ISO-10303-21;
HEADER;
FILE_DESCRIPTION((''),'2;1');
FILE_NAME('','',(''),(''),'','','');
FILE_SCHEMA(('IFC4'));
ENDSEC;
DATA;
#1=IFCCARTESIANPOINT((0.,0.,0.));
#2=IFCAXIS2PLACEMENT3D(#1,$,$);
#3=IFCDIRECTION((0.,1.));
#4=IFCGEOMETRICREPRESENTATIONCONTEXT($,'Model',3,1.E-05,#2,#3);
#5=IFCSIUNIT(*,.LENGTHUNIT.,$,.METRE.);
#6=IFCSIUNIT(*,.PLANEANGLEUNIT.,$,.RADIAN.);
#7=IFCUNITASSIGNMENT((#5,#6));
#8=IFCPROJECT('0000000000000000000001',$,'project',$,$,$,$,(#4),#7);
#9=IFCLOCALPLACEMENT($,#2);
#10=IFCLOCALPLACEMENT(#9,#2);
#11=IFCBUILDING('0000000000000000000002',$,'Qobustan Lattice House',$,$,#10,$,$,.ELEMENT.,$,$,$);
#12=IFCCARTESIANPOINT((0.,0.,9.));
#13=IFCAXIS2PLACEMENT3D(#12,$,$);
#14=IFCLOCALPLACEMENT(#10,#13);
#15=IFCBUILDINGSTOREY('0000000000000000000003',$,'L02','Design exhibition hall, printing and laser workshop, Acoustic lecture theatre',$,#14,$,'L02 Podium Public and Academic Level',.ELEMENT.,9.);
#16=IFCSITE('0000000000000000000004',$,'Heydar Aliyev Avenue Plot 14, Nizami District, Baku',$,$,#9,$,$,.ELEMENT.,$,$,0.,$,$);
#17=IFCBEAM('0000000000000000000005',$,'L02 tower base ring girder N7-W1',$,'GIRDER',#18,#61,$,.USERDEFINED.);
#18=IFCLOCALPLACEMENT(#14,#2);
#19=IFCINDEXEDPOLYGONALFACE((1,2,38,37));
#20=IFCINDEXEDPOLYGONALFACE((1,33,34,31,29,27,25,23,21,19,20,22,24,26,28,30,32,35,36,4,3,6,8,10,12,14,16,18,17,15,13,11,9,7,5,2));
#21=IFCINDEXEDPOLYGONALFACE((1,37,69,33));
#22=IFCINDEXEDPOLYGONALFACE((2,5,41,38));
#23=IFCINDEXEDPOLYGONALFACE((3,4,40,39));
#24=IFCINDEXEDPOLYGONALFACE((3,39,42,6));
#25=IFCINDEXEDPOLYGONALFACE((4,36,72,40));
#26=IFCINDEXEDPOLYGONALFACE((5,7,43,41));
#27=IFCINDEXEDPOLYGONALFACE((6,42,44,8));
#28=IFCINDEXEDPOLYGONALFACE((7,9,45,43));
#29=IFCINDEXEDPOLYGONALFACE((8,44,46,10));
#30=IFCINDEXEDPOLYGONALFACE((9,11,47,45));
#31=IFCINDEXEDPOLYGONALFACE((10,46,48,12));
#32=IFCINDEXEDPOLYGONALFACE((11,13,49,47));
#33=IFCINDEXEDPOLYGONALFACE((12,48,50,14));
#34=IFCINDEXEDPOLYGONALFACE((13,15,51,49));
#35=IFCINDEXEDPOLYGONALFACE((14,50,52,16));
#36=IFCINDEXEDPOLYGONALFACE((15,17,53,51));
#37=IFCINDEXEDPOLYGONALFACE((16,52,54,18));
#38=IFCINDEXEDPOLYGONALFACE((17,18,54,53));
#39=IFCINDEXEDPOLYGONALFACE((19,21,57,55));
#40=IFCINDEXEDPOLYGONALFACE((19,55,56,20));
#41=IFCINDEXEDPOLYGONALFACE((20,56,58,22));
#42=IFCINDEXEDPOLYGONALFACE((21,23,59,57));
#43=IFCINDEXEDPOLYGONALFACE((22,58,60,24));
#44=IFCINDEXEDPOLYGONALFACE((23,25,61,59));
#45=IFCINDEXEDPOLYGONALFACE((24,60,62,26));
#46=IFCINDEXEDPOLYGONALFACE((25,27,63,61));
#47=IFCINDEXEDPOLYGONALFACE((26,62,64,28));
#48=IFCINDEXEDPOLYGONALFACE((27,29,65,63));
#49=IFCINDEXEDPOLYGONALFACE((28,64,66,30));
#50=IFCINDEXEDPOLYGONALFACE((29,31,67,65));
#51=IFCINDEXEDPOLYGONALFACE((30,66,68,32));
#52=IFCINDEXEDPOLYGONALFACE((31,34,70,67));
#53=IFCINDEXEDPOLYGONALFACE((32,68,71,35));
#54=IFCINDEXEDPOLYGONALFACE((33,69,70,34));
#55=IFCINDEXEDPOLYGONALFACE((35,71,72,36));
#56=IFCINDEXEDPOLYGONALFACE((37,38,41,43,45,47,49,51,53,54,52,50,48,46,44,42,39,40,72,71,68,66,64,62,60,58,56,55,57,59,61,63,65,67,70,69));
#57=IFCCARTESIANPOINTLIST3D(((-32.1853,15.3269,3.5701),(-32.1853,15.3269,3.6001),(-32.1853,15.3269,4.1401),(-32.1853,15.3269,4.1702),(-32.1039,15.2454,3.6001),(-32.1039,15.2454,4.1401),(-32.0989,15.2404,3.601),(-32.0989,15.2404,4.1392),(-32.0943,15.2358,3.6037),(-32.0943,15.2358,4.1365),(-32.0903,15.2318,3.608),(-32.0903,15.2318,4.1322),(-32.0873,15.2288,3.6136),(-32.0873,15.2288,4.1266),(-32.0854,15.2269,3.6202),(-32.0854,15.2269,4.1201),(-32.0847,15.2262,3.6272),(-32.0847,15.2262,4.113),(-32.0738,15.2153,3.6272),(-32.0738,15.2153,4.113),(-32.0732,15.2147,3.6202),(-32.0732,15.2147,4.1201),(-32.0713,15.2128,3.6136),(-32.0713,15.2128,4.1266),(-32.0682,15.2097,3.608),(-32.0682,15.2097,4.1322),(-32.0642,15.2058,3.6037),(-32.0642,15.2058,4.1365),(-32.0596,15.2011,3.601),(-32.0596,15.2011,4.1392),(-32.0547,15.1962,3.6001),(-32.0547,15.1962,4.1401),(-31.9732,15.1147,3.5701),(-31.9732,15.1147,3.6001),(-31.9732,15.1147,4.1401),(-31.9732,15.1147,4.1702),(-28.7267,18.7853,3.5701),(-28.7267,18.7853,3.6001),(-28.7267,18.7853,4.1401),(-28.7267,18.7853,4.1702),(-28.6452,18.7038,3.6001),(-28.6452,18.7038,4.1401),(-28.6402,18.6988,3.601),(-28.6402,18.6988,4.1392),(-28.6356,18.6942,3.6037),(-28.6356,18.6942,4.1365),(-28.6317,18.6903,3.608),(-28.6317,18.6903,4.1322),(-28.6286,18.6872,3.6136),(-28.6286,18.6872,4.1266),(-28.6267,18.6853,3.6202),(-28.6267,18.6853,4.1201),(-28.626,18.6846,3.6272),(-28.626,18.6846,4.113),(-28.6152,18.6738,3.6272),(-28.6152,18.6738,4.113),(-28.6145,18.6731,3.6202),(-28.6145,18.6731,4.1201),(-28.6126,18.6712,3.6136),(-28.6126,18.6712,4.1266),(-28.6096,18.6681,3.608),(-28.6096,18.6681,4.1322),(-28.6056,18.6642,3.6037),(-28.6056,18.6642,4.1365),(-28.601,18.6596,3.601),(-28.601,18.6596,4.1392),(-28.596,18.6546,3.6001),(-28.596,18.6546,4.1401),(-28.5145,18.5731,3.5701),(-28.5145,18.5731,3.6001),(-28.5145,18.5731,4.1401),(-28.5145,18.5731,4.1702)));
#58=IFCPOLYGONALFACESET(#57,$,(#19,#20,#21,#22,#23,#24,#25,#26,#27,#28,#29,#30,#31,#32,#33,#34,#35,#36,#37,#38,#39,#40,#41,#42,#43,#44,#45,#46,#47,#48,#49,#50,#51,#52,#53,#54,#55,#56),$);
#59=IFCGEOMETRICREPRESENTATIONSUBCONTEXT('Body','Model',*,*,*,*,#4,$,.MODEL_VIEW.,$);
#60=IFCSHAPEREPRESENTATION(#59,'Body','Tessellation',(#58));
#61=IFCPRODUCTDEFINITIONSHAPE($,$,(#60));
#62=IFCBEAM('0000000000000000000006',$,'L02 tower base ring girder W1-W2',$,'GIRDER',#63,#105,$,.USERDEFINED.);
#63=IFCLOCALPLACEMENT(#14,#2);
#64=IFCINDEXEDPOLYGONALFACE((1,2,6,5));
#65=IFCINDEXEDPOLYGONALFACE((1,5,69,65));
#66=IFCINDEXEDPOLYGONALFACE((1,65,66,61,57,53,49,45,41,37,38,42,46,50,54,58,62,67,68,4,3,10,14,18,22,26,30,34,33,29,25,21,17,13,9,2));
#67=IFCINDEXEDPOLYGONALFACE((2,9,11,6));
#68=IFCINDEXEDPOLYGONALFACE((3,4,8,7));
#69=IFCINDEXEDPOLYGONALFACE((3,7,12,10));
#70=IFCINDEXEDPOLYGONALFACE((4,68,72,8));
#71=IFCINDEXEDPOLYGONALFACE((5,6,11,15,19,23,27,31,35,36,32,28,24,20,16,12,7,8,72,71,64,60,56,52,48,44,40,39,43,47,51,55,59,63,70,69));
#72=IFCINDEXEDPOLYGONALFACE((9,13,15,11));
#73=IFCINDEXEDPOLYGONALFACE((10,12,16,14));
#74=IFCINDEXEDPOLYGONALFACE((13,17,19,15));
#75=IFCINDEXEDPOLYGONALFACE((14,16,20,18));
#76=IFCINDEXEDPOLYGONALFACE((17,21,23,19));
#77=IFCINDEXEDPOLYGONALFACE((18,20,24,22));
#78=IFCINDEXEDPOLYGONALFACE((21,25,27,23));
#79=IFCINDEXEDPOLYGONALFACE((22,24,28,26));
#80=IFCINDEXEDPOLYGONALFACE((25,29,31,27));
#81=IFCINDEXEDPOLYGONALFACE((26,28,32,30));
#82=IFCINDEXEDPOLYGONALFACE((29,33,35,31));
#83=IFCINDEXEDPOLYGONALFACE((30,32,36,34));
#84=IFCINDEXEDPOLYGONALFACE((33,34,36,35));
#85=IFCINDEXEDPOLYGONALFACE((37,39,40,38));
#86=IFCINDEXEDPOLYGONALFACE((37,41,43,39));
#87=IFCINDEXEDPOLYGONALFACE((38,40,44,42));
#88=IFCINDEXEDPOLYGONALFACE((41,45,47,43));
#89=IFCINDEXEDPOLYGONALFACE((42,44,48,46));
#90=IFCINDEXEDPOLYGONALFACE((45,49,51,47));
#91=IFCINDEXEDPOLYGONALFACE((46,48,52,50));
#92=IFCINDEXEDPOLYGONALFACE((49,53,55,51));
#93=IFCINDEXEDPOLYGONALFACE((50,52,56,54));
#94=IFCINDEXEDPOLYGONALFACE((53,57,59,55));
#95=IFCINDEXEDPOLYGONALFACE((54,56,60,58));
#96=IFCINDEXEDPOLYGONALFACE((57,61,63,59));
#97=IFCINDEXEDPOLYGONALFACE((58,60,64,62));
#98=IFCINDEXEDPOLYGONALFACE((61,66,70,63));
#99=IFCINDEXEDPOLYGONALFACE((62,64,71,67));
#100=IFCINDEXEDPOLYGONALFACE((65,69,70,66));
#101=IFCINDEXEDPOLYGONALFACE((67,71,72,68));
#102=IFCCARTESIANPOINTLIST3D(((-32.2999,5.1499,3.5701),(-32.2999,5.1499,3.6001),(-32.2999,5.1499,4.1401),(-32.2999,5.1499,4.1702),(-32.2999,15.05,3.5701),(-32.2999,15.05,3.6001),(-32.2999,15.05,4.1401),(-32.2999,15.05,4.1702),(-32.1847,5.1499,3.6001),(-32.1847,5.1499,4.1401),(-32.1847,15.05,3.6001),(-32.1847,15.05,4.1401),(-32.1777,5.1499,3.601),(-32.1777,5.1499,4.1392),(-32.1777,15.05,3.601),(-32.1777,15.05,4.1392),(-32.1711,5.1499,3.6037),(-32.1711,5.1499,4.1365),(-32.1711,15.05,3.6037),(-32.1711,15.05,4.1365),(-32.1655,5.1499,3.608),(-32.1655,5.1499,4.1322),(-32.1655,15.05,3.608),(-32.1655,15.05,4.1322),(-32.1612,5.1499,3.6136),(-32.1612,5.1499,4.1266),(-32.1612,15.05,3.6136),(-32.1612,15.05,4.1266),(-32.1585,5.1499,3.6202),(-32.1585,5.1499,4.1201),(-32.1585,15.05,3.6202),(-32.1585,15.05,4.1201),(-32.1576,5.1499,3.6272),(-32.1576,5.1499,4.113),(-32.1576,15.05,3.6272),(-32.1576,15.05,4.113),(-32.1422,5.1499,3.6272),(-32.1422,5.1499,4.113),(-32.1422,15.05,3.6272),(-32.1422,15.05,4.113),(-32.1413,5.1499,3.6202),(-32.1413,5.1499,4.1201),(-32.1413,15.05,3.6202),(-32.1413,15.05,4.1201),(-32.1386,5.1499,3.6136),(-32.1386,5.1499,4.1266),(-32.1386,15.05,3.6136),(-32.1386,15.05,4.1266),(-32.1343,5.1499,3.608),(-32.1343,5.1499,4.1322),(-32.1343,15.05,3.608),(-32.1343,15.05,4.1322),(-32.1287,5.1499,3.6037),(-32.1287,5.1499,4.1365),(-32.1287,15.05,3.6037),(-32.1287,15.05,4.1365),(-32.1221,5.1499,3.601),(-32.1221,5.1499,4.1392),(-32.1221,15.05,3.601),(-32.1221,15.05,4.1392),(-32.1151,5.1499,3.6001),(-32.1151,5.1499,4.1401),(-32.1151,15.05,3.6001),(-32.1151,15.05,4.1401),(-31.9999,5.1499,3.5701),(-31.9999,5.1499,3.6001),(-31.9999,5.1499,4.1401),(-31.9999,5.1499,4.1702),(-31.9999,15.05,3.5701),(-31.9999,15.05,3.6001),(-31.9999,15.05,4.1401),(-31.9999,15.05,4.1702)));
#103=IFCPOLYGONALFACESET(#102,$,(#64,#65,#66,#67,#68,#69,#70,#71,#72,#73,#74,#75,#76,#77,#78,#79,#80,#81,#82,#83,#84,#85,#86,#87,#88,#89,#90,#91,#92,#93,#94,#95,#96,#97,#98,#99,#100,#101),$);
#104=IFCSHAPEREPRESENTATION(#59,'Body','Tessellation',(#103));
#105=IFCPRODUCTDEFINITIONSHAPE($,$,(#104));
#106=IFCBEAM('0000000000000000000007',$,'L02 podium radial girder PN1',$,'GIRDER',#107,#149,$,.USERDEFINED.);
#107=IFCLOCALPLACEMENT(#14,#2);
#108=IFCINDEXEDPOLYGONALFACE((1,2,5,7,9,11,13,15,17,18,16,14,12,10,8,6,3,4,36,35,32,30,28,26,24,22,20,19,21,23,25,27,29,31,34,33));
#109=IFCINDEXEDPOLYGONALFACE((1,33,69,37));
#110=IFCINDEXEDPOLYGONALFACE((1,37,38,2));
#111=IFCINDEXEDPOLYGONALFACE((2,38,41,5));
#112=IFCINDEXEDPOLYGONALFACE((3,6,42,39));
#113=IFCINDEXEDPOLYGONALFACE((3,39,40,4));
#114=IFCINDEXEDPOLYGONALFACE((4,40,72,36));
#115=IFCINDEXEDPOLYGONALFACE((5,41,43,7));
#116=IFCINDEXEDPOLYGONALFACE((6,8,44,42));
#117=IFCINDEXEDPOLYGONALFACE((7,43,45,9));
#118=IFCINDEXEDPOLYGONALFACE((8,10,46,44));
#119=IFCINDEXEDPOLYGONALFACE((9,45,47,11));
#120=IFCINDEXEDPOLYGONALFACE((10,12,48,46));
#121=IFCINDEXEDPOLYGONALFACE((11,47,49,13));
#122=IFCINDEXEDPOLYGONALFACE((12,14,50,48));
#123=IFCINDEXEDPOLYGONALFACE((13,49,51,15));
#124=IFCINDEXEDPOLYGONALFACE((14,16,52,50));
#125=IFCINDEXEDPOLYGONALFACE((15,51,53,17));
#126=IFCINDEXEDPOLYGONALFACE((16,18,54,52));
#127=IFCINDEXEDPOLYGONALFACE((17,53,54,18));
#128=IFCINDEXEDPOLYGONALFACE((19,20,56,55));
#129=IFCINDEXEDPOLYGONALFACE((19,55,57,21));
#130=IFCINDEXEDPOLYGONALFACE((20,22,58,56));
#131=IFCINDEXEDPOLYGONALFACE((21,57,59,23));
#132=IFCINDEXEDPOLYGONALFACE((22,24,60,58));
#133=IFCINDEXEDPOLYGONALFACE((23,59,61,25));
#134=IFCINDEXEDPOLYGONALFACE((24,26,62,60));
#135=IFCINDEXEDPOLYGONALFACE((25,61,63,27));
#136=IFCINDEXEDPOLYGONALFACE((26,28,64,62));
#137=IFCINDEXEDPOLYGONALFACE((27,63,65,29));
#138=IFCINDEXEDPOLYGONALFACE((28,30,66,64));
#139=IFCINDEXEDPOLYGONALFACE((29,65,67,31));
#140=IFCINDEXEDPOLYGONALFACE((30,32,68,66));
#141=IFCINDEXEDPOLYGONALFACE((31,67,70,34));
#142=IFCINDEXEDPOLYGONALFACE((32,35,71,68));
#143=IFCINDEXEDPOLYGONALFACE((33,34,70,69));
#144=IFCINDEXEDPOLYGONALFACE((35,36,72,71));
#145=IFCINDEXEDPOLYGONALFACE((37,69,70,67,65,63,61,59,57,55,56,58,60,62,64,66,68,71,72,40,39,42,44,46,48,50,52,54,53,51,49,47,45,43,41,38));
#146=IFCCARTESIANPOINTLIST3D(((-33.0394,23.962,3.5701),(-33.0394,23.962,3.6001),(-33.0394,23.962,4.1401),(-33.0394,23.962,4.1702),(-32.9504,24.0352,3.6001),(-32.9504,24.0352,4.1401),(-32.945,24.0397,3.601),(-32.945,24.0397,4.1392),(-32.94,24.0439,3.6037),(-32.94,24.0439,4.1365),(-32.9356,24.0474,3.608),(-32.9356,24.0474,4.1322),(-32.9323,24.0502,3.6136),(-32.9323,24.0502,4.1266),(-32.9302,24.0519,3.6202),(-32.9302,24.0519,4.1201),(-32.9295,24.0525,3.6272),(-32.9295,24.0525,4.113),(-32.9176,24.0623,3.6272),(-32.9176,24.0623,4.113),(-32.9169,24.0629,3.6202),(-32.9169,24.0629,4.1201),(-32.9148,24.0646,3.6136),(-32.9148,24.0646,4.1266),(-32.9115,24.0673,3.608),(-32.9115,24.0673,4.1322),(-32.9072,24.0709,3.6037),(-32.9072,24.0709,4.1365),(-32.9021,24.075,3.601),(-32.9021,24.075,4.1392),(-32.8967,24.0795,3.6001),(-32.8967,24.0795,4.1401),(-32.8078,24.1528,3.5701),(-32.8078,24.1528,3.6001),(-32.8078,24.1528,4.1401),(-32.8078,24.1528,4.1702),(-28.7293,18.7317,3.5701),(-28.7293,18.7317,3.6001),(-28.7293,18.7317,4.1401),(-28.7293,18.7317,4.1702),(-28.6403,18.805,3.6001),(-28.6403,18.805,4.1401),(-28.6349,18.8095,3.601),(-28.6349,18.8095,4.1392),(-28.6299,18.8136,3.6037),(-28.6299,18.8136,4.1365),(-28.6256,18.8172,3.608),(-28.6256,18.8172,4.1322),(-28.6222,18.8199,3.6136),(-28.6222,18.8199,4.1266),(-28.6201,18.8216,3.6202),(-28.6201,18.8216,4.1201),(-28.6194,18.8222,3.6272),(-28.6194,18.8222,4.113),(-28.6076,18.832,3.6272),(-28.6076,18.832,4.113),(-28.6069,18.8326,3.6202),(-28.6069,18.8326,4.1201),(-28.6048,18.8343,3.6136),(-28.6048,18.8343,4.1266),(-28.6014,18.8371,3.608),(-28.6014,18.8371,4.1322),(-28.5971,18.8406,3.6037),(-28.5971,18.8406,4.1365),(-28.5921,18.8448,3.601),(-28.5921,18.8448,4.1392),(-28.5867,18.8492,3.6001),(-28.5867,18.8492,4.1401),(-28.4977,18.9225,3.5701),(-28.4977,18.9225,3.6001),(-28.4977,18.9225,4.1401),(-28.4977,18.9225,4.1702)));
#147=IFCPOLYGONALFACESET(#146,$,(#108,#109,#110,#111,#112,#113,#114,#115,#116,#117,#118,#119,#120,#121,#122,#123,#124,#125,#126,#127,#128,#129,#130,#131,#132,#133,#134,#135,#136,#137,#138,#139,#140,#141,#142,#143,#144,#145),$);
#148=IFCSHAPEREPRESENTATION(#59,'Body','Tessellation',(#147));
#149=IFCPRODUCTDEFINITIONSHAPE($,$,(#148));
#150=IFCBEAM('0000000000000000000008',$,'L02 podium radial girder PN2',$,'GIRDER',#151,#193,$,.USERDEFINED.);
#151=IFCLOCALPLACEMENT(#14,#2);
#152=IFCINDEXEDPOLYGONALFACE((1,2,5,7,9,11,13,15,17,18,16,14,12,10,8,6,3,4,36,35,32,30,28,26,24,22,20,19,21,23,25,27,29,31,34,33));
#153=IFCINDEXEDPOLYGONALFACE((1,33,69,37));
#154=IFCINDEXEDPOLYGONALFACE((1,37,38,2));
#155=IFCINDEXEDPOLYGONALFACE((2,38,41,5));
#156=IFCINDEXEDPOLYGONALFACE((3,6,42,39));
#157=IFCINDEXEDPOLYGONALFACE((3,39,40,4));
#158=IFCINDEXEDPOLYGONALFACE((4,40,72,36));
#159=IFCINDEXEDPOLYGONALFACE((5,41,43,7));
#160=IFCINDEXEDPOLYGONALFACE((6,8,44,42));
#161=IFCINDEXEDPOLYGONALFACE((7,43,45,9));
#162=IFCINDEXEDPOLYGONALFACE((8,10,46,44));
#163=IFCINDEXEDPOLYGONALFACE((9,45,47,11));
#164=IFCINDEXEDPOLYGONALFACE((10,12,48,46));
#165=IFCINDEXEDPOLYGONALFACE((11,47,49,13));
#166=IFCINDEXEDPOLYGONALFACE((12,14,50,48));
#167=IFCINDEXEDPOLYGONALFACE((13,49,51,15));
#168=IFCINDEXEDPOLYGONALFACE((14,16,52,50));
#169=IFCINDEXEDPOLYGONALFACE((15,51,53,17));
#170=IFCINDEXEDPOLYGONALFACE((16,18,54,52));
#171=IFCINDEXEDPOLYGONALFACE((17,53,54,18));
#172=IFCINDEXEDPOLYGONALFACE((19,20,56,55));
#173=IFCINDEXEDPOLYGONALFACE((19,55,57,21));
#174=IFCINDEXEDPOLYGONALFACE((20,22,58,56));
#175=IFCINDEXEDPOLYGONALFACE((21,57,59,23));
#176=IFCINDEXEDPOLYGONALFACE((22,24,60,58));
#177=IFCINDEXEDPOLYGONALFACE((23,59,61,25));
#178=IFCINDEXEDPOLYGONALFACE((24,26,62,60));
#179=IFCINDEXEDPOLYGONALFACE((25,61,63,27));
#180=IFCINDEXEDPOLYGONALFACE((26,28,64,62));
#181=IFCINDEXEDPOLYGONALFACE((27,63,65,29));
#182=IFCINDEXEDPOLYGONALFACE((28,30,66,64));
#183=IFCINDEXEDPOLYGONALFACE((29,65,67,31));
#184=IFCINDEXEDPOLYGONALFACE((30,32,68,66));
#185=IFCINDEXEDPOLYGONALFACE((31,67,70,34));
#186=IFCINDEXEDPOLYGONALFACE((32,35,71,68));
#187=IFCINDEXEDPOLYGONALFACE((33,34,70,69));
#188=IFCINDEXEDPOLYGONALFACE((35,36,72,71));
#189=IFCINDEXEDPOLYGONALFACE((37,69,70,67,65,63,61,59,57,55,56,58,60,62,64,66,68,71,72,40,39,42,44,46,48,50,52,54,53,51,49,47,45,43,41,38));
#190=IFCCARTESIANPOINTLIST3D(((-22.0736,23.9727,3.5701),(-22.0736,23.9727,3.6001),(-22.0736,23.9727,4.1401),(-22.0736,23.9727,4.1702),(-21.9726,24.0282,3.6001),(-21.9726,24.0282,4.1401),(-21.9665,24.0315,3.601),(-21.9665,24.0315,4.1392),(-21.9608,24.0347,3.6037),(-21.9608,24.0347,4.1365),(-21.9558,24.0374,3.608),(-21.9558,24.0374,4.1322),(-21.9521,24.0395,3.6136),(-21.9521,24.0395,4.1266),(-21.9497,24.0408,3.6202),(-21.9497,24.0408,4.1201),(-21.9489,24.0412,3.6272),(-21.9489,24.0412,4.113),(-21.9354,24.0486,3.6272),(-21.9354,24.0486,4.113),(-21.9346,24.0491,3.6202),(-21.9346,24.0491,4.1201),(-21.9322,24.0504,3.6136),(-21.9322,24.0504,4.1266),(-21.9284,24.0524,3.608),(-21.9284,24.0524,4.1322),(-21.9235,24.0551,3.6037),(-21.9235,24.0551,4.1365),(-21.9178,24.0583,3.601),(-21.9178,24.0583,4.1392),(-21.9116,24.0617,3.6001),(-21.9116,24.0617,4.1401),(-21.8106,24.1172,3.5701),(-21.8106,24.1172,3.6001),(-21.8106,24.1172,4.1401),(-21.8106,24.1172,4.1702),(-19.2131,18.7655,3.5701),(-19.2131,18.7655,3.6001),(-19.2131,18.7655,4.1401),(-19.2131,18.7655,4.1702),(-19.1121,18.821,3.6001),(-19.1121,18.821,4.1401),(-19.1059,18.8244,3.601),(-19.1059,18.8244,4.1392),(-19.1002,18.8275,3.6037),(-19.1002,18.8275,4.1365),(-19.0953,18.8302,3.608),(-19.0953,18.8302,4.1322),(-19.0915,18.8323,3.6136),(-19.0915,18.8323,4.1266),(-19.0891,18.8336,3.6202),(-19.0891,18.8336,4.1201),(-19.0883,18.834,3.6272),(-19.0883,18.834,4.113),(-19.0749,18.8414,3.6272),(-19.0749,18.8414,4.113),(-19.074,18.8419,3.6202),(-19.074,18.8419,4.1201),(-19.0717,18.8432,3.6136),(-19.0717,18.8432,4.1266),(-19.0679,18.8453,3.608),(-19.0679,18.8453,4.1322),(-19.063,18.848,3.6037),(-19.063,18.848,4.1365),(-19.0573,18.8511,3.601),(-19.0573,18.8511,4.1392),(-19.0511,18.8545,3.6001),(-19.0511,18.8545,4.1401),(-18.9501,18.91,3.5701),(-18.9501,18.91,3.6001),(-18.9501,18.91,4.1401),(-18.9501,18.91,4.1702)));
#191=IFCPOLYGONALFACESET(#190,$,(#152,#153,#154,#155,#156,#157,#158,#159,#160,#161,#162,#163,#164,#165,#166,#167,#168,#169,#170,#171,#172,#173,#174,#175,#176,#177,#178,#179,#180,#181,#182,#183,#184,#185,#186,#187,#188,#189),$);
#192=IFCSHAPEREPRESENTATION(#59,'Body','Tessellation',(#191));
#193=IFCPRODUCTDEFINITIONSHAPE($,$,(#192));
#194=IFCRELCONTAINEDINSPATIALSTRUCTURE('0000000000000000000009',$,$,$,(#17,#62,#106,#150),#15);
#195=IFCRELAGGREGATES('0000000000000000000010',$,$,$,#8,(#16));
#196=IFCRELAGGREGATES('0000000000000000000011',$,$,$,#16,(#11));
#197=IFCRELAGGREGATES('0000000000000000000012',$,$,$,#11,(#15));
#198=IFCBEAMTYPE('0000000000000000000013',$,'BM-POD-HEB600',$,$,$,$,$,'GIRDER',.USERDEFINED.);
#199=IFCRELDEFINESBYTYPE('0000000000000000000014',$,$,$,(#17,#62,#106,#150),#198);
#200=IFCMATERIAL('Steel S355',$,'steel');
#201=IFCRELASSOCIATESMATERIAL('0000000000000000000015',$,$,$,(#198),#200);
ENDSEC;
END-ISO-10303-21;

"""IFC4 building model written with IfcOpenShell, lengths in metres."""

from ifc_helpers import new_model, si_unit, direction, frame, origin, origin_2d, place, context, subcontext, project, spatial, i_section, extrude, material, material_profile, profile_set, type_object, element, save


model = new_model("IFC4")

# Units and contexts
model_context = context("Model", 3, precision=1e-05, world=origin(), true_north=direction((0.0, 1.0)))
body_context = subcontext(model_context, "Body", "Model", "MODEL_VIEW")
ifc_project = project(units=[si_unit("LENGTHUNIT", "METRE"), si_unit("PLANEANGLEUNIT", "RADIAN")], contexts=[model_context])

# Site, building, storey
site_placement = place(None, origin())
site = spatial("IfcSite", under=ifc_project, at=site_placement, Name="Heydar Aliyev Avenue Plot 14, Nizami District, Baku", CompositionType="ELEMENT", RefElevation=0.0)
building_placement = place(site_placement, origin())
building = spatial("IfcBuilding", under=site, at=building_placement, Name="Qobustan Lattice House", CompositionType="ELEMENT")
storey_placement = place(building_placement, frame((0.0, 0.0, 9.0)))
storey = spatial("IfcBuildingStorey", under=building, at=storey_placement, Name="L02", Description="Design exhibition hall, printing and laser workshop, Acoustic lecture theatre", LongName="L02 Podium Public and Academic Level", CompositionType="ELEMENT", Elevation=9.0)

# Beams
ifc_material_1 = material(Name="Steel S355", Category="steel")
ifc_material_profile_1 = material_profile(ifc_material_1, i_section(OverallWidth=0.3, OverallDepth=0.6001, WebThickness=0.0154, FlangeThickness=0.03, FilletRadius=0.0271, at=origin_2d()), Name="HEB600")
ifc_profile_set_1 = profile_set([ifc_material_profile_1], Name="Steel S355")
beam_type_1 = type_object("IfcBeamType", Name="BM-POD-HEB600", ElementType="GIRDER", PredefinedType="USERDEFINED", material=ifc_profile_set_1)
beam_1_placement = place(storey_placement, frame((-28.6206, 18.6792, 3.8701), z_axis=(-0.707132, -0.707082, 0.0), x_axis=(0.707082, -0.707132, 0.0)))
element("IfcBeam", 1, at=beam_1_placement, inside=storey, type_object=beam_type_1, Name="L02 tower base ring girder N7-W1", ObjectType="GIRDER", PredefinedType="USERDEFINED", context=body_context, shape_type="SweptSolid", body=[
    extrude(i_section(OverallWidth=0.3, OverallDepth=0.6001, WebThickness=0.0154, FlangeThickness=0.03, FilletRadius=0.0271, at=origin_2d()), origin(), (0.0, 0.0, 1.0), 4.8911),
])
beam_2_placement = place(storey_placement, frame((-32.1499, 15.05, 3.8701), z_axis=(0.0, -1.0, 0.0), x_axis=(1.0, 0.0, 0.0)))
element("IfcBeam", 2, at=beam_2_placement, inside=storey, type_object=beam_type_1, Name="L02 tower base ring girder W1-W2", ObjectType="GIRDER", PredefinedType="USERDEFINED", context=body_context, shape_type="SweptSolid", body=[
    extrude(i_section(OverallWidth=0.3, OverallDepth=0.6001, WebThickness=0.0154, FlangeThickness=0.03, FilletRadius=0.0271, at=origin_2d()), origin(), (0.0, 0.0, 1.0), 9.9001),
])
beam_3_placement = place(storey_placement, frame((-32.9236, 24.0574, 3.8701), z_axis=(0.635955, -0.771726, 0.0), x_axis=(0.771726, 0.635955, 0.0)))
element("IfcBeam", 3, at=beam_3_placement, inside=storey, type_object=beam_type_1, Name="L02 podium radial girder PN1", ObjectType="GIRDER", PredefinedType="USERDEFINED", context=body_context, shape_type="SweptSolid", body=[
    extrude(i_section(OverallWidth=0.3, OverallDepth=0.6001, WebThickness=0.0154, FlangeThickness=0.03, FilletRadius=0.0271, at=origin_2d()), origin(), (0.0, 0.0, 1.0), 6.7773),
])
beam_4_placement = place(storey_placement, frame((-21.9421, 24.0449, 3.8701), z_axis=(0.481479, -0.876458, 0.0), x_axis=(0.876458, 0.481479, 0.0)))
element("IfcBeam", 4, at=beam_4_placement, inside=storey, type_object=beam_type_1, Name="L02 podium radial girder PN2", ObjectType="GIRDER", PredefinedType="USERDEFINED", context=body_context, shape_type="SweptSolid", body=[
    extrude(i_section(OverallWidth=0.3, OverallDepth=0.6001, WebThickness=0.0154, FlangeThickness=0.03, FilletRadius=0.0271, at=origin_2d()), origin(), (0.0, 0.0, 1.0), 5.9412),
])

save(model, "model.ifc")
